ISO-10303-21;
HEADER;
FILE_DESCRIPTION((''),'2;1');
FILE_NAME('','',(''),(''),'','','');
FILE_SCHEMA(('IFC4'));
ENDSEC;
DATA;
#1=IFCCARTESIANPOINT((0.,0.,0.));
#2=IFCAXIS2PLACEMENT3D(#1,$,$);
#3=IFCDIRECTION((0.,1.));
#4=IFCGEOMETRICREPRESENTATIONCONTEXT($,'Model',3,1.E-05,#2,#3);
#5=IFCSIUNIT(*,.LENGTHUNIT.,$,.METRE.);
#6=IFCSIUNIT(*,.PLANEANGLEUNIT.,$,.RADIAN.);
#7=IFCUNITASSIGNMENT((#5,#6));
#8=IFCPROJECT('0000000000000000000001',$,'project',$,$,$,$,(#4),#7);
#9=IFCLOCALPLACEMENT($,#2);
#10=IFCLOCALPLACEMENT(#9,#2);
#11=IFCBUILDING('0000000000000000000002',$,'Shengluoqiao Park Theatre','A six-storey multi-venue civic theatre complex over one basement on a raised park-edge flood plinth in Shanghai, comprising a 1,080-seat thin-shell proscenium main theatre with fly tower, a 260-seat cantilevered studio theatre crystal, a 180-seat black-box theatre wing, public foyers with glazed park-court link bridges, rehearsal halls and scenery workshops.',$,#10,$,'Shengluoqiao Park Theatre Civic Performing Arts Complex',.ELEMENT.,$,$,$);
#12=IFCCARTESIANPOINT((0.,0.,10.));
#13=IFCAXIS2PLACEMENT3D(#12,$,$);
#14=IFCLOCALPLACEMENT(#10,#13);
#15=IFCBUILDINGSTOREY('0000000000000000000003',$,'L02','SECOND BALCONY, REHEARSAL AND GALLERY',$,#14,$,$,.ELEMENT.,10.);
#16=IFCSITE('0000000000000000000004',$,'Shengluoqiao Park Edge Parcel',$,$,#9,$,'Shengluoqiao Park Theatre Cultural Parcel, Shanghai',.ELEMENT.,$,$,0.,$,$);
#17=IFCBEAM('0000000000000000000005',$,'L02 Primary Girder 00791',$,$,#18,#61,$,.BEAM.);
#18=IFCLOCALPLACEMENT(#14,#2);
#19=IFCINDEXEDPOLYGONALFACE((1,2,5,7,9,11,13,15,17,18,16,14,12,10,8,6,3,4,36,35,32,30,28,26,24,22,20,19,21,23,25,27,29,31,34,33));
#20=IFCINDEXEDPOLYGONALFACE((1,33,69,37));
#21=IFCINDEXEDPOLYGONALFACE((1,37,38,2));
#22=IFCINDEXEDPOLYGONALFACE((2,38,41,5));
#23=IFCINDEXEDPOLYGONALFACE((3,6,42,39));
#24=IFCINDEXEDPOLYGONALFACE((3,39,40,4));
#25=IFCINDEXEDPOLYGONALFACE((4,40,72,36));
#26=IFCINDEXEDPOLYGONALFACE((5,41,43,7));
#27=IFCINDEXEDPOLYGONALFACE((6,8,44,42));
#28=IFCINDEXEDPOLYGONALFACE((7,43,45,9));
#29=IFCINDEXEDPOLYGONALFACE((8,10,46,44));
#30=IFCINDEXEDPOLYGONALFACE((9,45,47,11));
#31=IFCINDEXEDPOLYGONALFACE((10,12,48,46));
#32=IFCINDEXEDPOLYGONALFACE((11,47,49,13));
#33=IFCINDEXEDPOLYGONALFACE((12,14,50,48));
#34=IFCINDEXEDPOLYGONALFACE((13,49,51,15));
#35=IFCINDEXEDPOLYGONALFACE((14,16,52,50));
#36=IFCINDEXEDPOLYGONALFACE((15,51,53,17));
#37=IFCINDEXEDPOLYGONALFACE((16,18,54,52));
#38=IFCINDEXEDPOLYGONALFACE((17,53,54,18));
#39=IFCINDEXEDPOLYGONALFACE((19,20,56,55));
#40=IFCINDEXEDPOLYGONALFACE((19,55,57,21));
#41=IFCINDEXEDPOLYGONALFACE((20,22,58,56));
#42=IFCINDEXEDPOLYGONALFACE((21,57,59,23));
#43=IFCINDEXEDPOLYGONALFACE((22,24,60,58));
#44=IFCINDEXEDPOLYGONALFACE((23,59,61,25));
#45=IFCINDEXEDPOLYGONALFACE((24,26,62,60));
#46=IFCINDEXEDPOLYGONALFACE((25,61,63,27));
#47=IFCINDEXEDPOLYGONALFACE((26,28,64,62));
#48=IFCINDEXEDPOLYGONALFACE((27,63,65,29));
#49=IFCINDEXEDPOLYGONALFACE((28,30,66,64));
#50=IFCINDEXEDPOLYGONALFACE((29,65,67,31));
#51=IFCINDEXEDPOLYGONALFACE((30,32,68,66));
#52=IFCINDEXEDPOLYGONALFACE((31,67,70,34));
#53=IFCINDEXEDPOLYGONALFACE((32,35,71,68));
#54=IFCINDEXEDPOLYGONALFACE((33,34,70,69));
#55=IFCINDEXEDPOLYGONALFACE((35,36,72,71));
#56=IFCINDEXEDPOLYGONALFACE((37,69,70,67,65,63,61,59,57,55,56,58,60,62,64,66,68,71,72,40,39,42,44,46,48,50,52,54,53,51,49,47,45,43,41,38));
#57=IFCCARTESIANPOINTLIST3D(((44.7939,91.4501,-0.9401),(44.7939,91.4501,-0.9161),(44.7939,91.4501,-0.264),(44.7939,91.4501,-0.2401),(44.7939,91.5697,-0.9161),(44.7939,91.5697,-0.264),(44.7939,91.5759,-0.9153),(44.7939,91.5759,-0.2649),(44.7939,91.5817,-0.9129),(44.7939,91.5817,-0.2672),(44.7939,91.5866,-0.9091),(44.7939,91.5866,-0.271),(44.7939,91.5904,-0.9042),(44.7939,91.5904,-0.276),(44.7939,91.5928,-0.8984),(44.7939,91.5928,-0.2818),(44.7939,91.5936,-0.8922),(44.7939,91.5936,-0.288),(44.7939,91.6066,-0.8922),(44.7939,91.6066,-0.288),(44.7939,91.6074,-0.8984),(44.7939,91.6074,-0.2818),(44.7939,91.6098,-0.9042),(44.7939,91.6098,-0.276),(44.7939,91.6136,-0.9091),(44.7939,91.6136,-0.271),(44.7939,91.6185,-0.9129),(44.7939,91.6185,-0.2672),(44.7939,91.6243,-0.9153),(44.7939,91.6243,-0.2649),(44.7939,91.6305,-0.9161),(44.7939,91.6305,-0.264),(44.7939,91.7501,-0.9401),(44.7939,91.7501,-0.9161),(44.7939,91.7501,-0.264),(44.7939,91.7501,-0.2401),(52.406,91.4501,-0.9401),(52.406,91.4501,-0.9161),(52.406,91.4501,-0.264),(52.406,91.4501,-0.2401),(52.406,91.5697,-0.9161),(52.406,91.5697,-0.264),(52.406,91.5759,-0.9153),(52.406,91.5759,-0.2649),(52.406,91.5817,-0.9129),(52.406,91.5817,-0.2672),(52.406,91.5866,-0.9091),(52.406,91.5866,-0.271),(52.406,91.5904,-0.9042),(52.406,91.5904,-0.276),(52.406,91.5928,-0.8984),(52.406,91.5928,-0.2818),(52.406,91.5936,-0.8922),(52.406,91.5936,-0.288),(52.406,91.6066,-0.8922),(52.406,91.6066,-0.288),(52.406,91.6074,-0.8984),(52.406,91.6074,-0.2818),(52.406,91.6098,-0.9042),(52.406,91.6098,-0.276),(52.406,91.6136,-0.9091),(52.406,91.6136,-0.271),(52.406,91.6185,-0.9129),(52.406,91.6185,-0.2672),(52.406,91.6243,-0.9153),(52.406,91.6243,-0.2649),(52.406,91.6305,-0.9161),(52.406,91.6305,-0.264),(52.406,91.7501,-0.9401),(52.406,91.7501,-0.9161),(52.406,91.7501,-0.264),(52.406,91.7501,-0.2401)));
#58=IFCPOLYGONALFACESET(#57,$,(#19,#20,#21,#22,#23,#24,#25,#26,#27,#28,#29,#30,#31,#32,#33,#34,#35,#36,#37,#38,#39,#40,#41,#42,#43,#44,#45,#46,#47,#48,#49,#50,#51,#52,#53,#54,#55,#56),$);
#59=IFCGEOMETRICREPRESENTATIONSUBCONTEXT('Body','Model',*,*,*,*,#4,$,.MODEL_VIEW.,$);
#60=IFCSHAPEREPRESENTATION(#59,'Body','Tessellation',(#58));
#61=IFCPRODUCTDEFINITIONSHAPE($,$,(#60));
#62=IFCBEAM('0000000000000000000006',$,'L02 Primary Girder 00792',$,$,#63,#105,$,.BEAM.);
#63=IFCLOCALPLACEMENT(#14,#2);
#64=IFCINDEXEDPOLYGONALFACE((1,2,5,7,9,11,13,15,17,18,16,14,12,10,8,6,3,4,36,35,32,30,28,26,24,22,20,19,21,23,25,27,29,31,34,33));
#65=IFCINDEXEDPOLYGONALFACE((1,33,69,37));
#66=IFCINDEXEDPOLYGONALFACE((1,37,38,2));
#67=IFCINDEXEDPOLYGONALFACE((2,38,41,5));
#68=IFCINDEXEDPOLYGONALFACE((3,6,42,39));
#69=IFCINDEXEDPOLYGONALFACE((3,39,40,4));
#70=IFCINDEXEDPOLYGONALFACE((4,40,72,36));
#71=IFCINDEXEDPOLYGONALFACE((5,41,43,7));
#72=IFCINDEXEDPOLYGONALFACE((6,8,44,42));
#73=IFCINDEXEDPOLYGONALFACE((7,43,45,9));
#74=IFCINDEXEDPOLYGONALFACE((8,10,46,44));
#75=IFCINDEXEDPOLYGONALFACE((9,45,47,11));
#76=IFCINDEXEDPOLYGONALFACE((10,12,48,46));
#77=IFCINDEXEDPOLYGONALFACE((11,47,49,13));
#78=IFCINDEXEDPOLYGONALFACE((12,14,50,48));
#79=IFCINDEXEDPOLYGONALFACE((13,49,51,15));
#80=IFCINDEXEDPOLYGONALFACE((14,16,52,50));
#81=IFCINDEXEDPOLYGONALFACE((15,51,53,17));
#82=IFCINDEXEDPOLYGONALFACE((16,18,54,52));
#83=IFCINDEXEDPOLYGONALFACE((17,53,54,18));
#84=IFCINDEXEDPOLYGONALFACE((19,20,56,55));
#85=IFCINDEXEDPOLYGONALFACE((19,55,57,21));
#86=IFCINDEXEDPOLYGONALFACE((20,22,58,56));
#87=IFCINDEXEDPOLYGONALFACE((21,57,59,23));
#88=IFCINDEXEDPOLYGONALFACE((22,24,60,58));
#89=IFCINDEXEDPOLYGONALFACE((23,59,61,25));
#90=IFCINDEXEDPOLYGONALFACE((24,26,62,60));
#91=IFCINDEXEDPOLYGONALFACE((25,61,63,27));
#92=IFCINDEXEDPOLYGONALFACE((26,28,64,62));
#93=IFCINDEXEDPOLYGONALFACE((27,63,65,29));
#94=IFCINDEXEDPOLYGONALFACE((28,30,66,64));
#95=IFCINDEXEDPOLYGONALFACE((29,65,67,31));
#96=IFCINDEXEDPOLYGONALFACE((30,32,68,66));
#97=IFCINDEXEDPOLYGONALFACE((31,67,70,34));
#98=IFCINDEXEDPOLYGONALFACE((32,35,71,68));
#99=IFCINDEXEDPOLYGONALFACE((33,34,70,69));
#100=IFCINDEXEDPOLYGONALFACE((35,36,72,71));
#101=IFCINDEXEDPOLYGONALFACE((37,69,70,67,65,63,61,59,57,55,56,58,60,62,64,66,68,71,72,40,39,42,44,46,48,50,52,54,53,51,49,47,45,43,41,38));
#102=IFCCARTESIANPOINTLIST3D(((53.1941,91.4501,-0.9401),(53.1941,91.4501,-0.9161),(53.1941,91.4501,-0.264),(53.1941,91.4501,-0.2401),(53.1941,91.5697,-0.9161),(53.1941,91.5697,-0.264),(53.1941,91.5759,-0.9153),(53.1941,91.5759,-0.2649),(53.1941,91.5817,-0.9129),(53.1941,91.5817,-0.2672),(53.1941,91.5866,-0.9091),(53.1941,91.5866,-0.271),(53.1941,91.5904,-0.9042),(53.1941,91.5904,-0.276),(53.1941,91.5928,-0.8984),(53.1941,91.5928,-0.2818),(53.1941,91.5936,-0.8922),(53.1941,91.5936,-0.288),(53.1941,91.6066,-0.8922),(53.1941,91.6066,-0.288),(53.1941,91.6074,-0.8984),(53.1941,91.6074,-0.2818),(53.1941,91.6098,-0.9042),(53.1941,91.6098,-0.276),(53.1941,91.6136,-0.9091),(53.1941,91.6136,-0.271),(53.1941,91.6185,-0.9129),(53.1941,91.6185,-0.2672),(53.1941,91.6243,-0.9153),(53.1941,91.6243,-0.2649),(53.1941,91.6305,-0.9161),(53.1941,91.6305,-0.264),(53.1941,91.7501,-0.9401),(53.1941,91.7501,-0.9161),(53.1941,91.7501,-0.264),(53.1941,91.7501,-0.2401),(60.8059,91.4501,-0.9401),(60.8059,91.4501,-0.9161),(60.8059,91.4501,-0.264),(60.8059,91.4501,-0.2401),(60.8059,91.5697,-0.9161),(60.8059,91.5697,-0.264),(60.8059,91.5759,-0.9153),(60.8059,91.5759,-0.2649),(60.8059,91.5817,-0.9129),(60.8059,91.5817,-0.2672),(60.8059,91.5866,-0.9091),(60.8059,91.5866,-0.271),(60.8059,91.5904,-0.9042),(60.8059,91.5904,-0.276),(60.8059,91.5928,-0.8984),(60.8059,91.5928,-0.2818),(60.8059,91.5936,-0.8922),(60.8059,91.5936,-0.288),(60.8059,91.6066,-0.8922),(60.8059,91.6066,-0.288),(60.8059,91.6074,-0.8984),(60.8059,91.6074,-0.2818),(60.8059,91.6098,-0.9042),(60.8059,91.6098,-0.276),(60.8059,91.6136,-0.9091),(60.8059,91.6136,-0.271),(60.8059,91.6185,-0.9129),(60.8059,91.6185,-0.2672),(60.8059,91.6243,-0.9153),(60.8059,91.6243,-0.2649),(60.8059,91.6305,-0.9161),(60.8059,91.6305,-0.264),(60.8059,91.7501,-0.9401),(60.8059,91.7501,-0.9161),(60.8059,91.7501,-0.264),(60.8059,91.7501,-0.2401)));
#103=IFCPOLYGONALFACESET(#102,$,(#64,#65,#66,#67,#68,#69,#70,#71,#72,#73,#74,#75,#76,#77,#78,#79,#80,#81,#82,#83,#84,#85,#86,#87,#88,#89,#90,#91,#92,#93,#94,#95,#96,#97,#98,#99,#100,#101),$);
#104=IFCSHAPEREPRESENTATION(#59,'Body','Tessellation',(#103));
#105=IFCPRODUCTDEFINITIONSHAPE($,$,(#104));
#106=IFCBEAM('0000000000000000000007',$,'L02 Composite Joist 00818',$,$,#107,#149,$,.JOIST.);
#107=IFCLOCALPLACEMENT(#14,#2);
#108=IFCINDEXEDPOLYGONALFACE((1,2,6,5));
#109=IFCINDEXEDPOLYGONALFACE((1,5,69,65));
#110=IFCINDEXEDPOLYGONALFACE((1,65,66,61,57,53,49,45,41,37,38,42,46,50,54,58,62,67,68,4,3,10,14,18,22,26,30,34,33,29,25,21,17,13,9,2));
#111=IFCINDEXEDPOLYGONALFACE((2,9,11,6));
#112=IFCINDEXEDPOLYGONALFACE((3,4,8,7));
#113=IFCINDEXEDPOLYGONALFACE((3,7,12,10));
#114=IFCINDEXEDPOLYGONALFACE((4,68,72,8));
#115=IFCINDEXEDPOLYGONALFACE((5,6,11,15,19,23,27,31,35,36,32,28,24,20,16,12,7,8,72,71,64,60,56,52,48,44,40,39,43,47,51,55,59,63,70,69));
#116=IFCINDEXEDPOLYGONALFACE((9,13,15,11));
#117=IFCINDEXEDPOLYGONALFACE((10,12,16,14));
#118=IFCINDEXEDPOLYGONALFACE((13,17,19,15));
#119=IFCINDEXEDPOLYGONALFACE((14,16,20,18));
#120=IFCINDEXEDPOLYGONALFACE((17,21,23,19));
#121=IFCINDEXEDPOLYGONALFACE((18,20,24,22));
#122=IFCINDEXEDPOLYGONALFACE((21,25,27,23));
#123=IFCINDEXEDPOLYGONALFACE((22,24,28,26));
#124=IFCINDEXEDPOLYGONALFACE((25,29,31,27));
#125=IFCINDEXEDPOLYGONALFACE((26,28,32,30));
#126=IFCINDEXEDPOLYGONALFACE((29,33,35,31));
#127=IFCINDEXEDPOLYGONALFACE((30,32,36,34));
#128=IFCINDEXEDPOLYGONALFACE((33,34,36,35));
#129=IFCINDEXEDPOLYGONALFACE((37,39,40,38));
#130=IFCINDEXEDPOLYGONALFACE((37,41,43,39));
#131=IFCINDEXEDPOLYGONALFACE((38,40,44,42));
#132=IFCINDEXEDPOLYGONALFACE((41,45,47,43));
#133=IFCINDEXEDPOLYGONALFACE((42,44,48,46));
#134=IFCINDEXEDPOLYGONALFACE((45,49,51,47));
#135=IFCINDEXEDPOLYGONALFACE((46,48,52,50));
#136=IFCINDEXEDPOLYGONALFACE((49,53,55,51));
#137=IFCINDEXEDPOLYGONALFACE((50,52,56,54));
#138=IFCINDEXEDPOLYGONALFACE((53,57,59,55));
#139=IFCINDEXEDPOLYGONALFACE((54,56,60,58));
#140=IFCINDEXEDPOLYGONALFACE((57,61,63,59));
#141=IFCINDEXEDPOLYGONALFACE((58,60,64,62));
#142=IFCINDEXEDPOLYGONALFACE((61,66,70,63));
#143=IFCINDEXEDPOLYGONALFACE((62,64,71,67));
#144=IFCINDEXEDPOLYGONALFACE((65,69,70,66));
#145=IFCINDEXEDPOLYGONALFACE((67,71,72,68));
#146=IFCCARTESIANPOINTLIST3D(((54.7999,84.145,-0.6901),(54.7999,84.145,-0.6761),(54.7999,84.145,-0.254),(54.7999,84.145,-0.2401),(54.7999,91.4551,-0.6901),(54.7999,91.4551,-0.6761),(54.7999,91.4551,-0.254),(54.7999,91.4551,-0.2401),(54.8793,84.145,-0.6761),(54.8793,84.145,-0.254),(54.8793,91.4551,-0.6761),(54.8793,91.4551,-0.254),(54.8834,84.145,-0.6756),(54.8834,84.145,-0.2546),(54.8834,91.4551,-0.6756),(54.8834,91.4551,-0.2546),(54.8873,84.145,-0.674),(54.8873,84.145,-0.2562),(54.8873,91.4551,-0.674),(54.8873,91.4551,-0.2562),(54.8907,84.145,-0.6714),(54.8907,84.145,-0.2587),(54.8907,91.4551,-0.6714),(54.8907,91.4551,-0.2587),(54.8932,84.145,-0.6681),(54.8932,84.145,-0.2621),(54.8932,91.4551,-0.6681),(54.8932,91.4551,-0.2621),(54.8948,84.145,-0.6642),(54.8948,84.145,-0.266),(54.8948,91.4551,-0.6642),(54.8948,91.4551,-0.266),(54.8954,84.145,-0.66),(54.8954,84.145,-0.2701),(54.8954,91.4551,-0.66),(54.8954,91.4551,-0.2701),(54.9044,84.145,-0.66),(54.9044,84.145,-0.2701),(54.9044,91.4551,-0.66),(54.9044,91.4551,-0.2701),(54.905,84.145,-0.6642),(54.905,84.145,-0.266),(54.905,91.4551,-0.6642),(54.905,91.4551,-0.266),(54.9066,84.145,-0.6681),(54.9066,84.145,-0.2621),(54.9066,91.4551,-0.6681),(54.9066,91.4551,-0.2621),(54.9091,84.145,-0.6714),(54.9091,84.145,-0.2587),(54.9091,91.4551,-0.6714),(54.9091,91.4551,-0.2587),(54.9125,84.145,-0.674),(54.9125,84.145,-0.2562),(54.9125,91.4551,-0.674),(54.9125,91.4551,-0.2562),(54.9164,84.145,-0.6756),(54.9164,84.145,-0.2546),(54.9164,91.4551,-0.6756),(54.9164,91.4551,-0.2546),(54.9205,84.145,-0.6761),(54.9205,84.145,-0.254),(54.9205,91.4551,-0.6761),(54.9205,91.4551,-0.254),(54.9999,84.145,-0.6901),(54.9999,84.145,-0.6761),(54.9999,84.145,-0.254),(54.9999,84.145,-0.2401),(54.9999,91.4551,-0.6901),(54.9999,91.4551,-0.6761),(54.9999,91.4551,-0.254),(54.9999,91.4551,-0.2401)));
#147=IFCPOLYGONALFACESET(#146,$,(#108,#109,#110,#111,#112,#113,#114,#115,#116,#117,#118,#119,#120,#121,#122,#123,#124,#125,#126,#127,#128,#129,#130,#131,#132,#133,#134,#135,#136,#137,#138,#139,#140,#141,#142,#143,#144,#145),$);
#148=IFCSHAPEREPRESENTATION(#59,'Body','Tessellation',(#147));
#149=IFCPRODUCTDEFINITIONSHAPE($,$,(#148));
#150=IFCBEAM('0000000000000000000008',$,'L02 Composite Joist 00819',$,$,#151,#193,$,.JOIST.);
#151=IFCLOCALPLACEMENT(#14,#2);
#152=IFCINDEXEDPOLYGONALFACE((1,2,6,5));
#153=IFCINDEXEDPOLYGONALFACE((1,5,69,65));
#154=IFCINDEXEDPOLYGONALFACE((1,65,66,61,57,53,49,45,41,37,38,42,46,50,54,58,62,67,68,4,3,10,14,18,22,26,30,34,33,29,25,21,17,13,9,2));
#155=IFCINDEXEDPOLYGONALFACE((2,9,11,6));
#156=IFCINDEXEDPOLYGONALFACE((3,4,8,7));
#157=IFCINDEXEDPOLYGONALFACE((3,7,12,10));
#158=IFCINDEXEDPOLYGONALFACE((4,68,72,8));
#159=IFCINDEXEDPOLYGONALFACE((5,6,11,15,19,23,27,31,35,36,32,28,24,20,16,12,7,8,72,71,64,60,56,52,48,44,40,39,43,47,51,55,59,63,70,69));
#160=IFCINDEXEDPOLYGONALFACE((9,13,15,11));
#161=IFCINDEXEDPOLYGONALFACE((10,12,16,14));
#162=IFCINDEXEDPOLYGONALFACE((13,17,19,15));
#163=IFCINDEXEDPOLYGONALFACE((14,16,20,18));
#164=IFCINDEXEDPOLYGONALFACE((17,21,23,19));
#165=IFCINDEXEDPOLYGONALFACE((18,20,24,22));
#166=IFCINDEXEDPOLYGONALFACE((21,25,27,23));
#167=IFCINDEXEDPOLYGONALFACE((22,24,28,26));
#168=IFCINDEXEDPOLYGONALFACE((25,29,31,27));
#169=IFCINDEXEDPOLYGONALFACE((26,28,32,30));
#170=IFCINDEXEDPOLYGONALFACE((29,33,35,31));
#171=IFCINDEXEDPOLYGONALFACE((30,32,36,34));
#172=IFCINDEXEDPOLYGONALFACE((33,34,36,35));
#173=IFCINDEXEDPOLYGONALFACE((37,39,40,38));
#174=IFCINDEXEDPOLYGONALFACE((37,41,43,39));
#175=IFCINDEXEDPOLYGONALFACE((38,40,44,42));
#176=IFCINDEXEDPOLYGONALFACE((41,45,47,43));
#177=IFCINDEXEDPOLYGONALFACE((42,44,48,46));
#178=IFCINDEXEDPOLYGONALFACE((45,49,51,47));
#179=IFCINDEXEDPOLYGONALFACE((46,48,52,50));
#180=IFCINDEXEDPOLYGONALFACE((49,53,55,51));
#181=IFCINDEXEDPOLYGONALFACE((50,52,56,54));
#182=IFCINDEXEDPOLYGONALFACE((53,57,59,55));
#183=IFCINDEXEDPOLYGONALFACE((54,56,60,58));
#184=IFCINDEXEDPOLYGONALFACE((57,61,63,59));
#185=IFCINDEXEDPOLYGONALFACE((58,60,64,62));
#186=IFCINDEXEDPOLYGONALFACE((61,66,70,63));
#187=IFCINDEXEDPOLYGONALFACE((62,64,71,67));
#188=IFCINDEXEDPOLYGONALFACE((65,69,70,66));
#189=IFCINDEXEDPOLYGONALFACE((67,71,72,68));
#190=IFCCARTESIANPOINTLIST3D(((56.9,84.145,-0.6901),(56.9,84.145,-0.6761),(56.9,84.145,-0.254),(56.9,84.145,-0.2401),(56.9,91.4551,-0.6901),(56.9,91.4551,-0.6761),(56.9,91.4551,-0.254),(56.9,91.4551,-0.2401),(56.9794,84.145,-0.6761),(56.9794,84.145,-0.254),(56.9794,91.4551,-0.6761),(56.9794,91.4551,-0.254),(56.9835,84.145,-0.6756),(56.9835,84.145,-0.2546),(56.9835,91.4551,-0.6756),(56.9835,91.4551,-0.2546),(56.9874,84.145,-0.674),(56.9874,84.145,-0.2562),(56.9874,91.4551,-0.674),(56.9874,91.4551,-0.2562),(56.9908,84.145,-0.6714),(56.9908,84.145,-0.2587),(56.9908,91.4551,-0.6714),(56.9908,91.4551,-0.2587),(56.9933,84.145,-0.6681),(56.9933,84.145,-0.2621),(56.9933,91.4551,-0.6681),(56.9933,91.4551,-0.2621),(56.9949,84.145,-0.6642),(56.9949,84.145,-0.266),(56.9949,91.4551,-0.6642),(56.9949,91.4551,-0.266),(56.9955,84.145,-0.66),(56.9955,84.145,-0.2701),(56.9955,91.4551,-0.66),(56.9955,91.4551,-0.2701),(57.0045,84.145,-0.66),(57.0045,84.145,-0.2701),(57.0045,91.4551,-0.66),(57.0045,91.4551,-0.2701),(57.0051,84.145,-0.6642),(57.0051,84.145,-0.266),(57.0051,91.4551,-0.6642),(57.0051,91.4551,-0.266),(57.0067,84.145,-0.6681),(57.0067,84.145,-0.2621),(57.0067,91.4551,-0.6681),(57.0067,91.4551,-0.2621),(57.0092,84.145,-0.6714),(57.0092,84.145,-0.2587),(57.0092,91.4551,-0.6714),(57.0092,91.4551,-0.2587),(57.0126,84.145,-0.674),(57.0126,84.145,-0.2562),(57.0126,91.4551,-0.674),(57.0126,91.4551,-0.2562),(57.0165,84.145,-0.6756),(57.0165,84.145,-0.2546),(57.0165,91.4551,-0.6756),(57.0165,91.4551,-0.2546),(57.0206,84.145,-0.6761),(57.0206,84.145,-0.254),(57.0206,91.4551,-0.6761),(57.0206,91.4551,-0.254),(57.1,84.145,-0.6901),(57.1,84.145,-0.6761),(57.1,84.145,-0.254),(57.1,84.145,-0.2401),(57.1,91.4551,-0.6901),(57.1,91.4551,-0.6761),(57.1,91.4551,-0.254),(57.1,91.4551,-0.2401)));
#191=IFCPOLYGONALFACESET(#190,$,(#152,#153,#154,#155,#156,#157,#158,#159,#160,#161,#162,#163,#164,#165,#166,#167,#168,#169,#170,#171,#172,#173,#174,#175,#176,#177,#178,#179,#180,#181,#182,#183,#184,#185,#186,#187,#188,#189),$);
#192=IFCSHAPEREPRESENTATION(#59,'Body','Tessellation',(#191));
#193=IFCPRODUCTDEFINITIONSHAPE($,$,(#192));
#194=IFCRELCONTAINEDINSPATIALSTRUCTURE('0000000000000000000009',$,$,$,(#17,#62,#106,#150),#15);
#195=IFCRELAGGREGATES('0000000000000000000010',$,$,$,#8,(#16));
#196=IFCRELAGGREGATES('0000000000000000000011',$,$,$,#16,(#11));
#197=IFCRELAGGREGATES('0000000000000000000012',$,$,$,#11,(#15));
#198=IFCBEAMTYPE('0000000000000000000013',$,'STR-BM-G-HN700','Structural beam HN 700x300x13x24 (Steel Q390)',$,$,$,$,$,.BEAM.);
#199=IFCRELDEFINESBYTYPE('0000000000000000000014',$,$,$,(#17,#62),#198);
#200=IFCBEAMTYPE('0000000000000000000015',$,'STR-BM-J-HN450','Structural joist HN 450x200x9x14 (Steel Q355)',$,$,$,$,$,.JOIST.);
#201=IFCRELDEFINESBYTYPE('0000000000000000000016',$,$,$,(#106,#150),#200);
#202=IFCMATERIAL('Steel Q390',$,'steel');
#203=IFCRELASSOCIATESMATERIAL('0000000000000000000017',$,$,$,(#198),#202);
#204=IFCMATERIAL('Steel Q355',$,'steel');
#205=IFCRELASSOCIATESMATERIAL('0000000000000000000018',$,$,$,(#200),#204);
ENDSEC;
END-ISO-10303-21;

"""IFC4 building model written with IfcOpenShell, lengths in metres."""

from ifc_helpers import new_model, si_unit, direction, frame, origin, origin_2d, place, context, subcontext, project, spatial, i_section, extrude, material, material_profile, profile_set, type_object, element, save


model = new_model("IFC4")

# Units and contexts
model_context = context("Model", 3, precision=1e-05, world=origin(), true_north=direction((0.0, 1.0)))
body_context = subcontext(model_context, "Body", "Model", "MODEL_VIEW")
ifc_project = project(units=[si_unit("LENGTHUNIT", "METRE"), si_unit("PLANEANGLEUNIT", "RADIAN")], contexts=[model_context])

# Site, building, storey
site_placement = place(None, origin())
site = spatial("IfcSite", under=ifc_project, at=site_placement, Name="Shengluoqiao Park Edge Parcel", LongName="Shengluoqiao Park Theatre Cultural Parcel, Shanghai", CompositionType="ELEMENT", RefElevation=0.0)
building_placement = place(site_placement, origin())
building = spatial("IfcBuilding", under=site, at=building_placement, Name="Shengluoqiao Park Theatre", Description="A six-storey multi-venue civic theatre complex over one basement on a raised park-edge flood plinth in Shanghai, comprising a 1,080-seat thin-shell proscenium main theatre with fly tower, a 260-seat cantilevered studio theatre crystal, a 180-seat black-box theatre wing, public foyers with glazed park-court link bridges, rehearsal halls and scenery workshops.", LongName="Shengluoqiao Park Theatre Civic Performing Arts Complex", CompositionType="ELEMENT")
storey_placement = place(building_placement, frame((0.0, 0.0, 10.0)))
storey = spatial("IfcBuildingStorey", under=building, at=storey_placement, Name="L02", Description="SECOND BALCONY, REHEARSAL AND GALLERY", CompositionType="ELEMENT", Elevation=10.0)

# Beams
ifc_material_1 = material(Name="Steel Q355", Category="steel")
ifc_material_2 = material(Name="Steel Q390", Category="steel")
ifc_material_profile_1 = material_profile(ifc_material_2, i_section(OverallWidth=0.3, OverallDepth=0.7, WebThickness=0.0129, FlangeThickness=0.0239, FilletRadius=0.0239, at=origin_2d()), Name="HN 700x300x13x24")
ifc_profile_set_1 = profile_set([ifc_material_profile_1], Name="Steel Q390")
beam_type_1 = type_object("IfcBeamType", Name="STR-BM-G-HN700", Description="Structural beam HN 700x300x13x24 (Steel Q390)", PredefinedType="BEAM", material=ifc_profile_set_1)
beam_1_placement = place(storey_placement, frame((44.7939, 91.6001, -0.5901), z_axis=(1.0, 0.0, 0.0), x_axis=(0.0, 1.0, 0.0)))
element("IfcBeam", 1, at=beam_1_placement, inside=storey, type_object=beam_type_1, Name="L02 Primary Girder 00791", PredefinedType="BEAM", context=body_context, shape_type="SweptSolid", body=[
    extrude(i_section(OverallWidth=0.3, OverallDepth=0.7, WebThickness=0.0129, FlangeThickness=0.0239, FilletRadius=0.0239, at=origin_2d()), origin(), (0.0, 0.0, 1.0), 7.6121),
])
beam_2_placement = place(storey_placement, frame((53.1941, 91.6001, -0.5901), z_axis=(1.0, 0.0, 0.0), x_axis=(0.0, 1.0, 0.0)))
element("IfcBeam", 2, at=beam_2_placement, inside=storey, type_object=beam_type_1, Name="L02 Primary Girder 00792", PredefinedType="BEAM", context=body_context, shape_type="SweptSolid", body=[
    extrude(i_section(OverallWidth=0.3, OverallDepth=0.7, WebThickness=0.0129, FlangeThickness=0.0239, FilletRadius=0.0239, at=origin_2d()), origin(), (0.0, 0.0, 1.0), 7.6118),
])
ifc_material_profile_2 = material_profile(ifc_material_1, i_section(OverallWidth=0.2, OverallDepth=0.45, WebThickness=0.009, FlangeThickness=0.0139, FilletRadius=0.0161, at=origin_2d()), Name="HN 450x200x9x14")
ifc_profile_set_2 = profile_set([ifc_material_profile_2], Name="Steel Q355")
beam_type_2 = type_object("IfcBeamType", Name="STR-BM-J-HN450", Description="Structural joist HN 450x200x9x14 (Steel Q355)", PredefinedType="JOIST", material=ifc_profile_set_2)
for number, where, z_axis, x_axis, name in (
    (3, (54.8999, 84.145, -0.4651), (0.0, 1.0, 0.0), (-1.0, 0.0, 0.0), "L02 Composite Joist 00818"),
    (4, (57.0, 84.145, -0.4651), (0.0, 1.0, 0.0), (-1.0, 0.0, 0.0), "L02 Composite Joist 00819"),
):
    element("IfcBeam", number, at=place(storey_placement, frame(where, z_axis=z_axis, x_axis=x_axis)), inside=storey, type_object=beam_type_2, Name=name, PredefinedType="JOIST", context=body_context, shape_type="SweptSolid", body=[
        extrude(i_section(OverallWidth=0.2, OverallDepth=0.45, WebThickness=0.009, FlangeThickness=0.0139, FilletRadius=0.0161, at=origin_2d()), origin(), (0.0, 0.0, 1.0), 7.3101),
    ])

save(model, "model.ifc")
